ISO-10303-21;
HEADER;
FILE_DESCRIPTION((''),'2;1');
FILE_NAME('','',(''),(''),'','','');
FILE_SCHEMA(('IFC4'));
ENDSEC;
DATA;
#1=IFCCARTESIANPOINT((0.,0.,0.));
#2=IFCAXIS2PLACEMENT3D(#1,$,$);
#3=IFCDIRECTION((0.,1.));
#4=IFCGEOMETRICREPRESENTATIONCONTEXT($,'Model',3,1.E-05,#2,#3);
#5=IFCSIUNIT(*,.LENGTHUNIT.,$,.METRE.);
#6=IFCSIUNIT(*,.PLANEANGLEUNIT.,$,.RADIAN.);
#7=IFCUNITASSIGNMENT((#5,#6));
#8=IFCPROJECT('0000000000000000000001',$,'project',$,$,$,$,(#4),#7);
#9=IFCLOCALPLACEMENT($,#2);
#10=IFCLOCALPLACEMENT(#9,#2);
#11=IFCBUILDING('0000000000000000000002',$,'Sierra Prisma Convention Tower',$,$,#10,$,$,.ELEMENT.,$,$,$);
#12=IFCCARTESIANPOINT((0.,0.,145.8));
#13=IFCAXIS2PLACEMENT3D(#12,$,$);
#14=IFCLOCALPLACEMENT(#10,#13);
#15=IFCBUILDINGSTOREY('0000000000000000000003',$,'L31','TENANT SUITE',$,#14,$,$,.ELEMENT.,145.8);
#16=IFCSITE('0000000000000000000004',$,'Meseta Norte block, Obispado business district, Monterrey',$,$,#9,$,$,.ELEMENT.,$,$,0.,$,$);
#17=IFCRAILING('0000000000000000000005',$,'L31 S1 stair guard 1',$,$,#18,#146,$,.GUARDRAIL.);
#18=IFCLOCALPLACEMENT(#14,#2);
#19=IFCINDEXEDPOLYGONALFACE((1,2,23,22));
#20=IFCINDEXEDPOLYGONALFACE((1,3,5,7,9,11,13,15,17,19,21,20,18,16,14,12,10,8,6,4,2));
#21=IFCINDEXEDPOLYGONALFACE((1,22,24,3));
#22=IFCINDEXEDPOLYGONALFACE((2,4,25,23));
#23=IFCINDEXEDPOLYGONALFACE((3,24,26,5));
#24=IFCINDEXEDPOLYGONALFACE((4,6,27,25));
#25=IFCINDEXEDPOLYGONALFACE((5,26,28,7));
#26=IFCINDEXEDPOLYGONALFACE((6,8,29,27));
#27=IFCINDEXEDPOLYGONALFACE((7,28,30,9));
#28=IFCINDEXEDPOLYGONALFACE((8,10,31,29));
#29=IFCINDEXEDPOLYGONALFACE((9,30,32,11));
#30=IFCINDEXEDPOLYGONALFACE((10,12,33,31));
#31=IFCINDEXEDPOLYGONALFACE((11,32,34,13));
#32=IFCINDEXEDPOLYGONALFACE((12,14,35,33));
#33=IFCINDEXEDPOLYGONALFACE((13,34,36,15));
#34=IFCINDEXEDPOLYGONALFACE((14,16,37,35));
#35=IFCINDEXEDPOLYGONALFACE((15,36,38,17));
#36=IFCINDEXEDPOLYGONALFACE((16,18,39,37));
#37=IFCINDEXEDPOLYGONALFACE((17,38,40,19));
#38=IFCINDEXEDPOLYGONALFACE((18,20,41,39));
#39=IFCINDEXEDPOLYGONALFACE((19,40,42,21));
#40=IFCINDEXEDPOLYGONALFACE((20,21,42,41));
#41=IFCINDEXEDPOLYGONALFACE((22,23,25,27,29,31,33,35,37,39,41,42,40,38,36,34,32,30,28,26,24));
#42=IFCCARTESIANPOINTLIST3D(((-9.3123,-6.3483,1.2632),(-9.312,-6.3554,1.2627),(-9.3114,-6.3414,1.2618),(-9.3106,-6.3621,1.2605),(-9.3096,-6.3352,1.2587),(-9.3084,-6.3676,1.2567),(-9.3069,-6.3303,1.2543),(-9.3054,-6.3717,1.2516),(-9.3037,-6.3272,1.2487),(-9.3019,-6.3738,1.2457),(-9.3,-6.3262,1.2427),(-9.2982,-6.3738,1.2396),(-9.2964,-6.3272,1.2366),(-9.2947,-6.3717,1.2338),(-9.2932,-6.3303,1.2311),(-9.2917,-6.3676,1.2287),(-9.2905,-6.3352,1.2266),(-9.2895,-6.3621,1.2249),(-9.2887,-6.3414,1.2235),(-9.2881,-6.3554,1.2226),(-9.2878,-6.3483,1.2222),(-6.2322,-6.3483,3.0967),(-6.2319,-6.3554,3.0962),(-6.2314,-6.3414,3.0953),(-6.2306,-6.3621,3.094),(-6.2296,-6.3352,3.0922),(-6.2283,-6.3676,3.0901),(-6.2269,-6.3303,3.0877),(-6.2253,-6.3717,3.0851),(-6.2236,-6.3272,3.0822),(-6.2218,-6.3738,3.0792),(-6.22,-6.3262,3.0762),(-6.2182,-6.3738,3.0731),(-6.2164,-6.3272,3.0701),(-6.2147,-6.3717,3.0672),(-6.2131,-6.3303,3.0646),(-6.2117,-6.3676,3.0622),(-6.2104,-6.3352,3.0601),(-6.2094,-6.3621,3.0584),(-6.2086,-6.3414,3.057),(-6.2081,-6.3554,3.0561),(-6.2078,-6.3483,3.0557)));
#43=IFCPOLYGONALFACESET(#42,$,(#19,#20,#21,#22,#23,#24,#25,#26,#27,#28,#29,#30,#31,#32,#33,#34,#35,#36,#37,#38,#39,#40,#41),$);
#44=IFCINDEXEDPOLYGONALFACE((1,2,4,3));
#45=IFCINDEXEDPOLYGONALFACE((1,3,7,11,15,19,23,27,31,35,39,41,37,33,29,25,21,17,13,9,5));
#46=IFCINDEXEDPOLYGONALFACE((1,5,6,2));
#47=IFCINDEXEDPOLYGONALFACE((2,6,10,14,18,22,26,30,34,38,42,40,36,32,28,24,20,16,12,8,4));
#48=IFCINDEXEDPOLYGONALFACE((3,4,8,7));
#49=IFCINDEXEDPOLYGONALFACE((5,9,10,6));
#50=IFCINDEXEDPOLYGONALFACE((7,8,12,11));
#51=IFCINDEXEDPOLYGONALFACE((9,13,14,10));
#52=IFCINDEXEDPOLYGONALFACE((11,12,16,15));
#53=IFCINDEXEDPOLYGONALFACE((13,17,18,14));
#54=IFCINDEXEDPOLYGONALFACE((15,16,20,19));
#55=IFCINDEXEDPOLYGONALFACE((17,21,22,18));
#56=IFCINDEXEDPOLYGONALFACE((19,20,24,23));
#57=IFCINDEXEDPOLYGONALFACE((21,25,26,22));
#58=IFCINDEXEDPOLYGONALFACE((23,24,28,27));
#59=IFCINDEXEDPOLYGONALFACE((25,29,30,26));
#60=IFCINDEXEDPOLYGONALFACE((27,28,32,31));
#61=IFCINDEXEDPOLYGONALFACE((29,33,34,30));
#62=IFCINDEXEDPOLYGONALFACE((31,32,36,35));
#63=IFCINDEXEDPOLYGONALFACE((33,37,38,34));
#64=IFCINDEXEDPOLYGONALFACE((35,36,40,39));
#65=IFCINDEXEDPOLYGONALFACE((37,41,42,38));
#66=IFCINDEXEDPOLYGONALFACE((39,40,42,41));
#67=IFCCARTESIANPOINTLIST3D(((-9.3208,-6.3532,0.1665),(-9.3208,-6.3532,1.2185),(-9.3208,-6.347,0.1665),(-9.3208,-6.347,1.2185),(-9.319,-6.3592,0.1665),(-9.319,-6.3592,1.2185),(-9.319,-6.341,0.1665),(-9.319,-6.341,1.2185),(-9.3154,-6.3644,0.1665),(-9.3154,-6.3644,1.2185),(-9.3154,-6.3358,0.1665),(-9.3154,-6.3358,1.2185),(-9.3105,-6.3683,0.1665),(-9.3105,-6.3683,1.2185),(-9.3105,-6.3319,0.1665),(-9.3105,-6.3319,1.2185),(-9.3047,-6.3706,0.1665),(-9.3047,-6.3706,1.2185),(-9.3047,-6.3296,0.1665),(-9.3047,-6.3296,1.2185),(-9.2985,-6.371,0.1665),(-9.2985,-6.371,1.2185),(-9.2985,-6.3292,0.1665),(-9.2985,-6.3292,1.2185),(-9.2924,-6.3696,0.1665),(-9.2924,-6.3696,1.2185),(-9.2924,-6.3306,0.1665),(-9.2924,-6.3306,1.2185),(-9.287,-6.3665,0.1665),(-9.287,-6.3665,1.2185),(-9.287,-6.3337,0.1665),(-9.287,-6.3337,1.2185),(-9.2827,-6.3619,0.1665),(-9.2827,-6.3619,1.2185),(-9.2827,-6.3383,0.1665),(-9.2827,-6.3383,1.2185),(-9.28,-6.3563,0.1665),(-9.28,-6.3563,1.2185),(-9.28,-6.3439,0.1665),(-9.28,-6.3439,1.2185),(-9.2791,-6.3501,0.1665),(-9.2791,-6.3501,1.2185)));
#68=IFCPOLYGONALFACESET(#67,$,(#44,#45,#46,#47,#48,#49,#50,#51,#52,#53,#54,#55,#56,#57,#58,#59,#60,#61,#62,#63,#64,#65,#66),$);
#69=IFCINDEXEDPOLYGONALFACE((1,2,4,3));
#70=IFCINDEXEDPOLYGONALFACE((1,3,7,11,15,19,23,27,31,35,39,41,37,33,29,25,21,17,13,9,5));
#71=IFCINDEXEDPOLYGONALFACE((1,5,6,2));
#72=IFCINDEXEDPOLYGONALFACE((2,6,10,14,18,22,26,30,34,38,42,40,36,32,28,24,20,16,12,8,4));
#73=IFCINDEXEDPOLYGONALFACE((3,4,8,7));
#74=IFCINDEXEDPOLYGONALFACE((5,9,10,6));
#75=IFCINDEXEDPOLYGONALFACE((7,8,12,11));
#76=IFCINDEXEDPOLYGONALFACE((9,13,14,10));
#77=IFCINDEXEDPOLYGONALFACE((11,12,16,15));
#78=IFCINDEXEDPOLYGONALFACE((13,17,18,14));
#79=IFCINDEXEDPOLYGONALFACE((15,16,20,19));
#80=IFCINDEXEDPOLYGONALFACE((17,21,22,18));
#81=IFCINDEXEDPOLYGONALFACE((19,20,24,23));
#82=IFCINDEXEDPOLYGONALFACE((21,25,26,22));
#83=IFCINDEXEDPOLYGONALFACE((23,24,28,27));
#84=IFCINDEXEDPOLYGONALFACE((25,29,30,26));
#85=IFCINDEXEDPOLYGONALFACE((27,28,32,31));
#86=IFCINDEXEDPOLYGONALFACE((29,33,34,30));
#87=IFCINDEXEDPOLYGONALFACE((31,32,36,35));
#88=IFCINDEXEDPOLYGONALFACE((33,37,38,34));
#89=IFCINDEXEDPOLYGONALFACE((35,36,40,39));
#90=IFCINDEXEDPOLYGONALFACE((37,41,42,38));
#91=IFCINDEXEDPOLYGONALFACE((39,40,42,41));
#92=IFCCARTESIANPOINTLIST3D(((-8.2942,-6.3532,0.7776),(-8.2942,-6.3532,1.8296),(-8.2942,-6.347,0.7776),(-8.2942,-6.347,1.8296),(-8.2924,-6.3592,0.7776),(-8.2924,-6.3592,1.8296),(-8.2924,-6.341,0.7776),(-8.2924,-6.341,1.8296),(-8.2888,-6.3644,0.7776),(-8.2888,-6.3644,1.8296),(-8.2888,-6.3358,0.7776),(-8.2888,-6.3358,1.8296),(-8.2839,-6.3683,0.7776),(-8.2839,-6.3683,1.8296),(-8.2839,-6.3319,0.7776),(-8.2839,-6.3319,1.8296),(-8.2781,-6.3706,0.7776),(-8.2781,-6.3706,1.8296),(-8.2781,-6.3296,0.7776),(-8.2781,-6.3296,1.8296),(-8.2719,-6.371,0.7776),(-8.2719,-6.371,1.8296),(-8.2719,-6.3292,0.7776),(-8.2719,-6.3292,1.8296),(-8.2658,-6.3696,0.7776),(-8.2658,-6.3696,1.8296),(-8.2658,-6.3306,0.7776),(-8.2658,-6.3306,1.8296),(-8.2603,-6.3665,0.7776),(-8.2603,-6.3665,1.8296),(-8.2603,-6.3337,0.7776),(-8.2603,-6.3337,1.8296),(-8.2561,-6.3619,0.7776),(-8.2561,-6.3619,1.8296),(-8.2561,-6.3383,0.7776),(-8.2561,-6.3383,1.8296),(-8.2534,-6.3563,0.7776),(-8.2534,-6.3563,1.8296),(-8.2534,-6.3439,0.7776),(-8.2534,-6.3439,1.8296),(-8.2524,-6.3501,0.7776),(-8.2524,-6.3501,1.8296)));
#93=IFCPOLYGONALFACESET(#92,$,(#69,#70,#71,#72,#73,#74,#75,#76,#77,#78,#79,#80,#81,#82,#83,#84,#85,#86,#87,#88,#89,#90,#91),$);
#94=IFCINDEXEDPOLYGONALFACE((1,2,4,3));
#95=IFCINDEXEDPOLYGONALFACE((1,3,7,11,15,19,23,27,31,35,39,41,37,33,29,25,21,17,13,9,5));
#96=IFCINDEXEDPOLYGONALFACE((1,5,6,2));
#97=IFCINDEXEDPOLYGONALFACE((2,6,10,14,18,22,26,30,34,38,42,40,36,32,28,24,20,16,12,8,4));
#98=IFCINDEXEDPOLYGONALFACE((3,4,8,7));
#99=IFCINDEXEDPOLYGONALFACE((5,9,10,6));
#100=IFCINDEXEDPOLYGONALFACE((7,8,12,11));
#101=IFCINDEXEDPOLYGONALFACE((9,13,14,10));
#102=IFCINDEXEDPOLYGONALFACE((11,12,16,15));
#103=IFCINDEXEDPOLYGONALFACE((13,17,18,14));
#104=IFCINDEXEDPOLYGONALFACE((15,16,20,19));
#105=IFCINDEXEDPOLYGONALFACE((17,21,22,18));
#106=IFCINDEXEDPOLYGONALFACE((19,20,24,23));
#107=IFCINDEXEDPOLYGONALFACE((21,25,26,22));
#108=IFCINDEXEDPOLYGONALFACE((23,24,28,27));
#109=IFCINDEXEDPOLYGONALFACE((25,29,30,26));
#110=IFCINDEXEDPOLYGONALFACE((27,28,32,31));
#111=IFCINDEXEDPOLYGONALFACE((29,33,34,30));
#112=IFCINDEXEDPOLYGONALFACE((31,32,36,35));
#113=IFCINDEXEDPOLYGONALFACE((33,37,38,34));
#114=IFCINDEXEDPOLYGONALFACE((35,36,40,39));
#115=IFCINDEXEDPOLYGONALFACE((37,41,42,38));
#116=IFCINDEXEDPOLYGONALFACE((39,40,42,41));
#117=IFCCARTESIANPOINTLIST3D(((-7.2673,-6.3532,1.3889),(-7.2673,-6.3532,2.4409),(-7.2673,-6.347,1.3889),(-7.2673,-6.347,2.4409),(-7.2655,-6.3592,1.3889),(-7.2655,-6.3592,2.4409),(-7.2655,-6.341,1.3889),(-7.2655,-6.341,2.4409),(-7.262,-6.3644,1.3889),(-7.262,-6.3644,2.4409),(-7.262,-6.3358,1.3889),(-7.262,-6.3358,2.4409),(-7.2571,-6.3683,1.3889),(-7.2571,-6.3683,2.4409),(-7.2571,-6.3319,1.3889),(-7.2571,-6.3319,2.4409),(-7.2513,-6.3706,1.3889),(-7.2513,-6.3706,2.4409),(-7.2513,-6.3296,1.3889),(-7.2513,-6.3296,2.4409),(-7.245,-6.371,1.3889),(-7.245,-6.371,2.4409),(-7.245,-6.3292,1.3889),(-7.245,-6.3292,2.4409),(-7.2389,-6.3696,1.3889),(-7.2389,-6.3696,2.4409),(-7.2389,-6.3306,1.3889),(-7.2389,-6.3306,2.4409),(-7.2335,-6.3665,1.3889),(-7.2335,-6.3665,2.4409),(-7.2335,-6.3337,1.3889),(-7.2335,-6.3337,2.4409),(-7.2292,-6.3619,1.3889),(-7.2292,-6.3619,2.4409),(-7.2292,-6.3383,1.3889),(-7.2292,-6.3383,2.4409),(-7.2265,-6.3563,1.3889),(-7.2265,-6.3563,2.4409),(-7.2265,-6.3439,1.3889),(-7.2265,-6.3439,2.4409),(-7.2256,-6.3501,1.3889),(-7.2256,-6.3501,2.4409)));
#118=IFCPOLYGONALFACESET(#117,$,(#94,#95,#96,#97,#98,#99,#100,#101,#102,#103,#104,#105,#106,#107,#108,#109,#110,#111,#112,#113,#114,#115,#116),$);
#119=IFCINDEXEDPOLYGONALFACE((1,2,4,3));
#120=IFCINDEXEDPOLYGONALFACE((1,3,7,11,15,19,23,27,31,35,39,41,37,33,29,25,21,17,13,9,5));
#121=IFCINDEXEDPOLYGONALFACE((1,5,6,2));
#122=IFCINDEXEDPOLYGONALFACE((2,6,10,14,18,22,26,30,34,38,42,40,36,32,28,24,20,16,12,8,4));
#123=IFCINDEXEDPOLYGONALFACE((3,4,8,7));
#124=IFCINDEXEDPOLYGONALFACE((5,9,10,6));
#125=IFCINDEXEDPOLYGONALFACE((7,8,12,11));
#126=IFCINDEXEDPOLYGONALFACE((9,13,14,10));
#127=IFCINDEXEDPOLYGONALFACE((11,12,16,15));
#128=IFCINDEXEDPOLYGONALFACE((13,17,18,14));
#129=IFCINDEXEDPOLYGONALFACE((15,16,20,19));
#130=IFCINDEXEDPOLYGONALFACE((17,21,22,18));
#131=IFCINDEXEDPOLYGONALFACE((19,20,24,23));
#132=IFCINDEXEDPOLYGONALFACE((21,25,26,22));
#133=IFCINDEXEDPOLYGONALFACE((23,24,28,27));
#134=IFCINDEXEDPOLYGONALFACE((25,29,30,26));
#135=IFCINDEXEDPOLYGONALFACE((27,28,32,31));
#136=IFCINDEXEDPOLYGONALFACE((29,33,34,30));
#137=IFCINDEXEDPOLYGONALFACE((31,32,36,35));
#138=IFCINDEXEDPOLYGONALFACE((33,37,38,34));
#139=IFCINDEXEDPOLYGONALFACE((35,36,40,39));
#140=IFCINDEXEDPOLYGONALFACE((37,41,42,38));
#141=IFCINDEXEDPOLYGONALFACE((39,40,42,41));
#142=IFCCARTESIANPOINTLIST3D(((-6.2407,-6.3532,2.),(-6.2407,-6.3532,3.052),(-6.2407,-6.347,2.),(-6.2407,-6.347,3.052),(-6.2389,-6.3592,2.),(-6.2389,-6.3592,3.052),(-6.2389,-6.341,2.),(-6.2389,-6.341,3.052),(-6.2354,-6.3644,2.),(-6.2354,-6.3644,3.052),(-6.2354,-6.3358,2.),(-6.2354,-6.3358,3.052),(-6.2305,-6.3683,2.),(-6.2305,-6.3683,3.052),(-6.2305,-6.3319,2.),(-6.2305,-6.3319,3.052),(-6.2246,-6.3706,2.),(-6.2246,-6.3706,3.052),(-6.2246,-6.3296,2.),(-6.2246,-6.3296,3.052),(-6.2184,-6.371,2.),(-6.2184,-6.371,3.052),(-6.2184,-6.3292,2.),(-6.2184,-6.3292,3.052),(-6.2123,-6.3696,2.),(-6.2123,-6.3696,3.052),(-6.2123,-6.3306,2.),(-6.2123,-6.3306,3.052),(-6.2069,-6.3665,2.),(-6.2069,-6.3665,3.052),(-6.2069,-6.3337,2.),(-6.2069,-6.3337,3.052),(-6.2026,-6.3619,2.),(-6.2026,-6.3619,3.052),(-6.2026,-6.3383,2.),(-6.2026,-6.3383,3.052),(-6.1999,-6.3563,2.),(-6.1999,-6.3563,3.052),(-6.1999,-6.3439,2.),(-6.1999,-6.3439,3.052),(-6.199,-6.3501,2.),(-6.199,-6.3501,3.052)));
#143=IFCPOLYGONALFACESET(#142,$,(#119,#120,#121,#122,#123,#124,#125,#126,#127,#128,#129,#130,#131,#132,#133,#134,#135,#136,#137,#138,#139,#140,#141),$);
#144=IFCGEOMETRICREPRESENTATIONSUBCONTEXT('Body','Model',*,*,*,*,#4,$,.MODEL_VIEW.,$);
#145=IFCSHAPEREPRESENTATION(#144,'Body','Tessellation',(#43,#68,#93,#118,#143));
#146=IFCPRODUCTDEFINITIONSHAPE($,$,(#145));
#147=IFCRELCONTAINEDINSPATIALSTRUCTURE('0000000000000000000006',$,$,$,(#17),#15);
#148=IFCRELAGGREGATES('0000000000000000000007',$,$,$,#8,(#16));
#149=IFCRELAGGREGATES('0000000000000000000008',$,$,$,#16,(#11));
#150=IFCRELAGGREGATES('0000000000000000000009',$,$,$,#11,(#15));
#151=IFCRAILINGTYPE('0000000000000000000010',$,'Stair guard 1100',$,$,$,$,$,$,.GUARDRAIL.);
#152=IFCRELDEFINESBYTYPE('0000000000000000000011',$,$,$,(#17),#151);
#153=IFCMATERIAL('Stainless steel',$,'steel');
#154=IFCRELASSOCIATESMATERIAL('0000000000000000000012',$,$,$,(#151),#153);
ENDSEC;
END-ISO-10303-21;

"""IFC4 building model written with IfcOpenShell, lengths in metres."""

from ifc_helpers import new_model, si_unit, direction, frame, origin, origin_2d, place, context, subcontext, project, spatial, circle, extrude, material, type_object, element, save


model = new_model("IFC4")

# Units and contexts
model_context = context("Model", 3, precision=1e-05, world=origin(), true_north=direction((0.0, 1.0)))
body_context = subcontext(model_context, "Body", "Model", "MODEL_VIEW")
ifc_project = project(units=[si_unit("LENGTHUNIT", "METRE"), si_unit("PLANEANGLEUNIT", "RADIAN")], contexts=[model_context])

# Site, building, storey
site_placement = place(None, origin())
site = spatial("IfcSite", under=ifc_project, at=site_placement, Name="Meseta Norte block, Obispado business district, Monterrey", CompositionType="ELEMENT", RefElevation=0.0)
building_placement = place(site_placement, origin())
building = spatial("IfcBuilding", under=site, at=building_placement, Name="Sierra Prisma Convention Tower", CompositionType="ELEMENT")
storey_placement = place(building_placement, frame((0.0, 0.0, 145.8)))
storey = spatial("IfcBuildingStorey", under=building, at=storey_placement, Name="L31", Description="TENANT SUITE", CompositionType="ELEMENT", Elevation=145.8)

# Railing
ifc_material_1 = material(Name="Stainless steel", Category="steel")
railing_type_1 = type_object("IfcRailingType", Name="Stair guard 1100", PredefinedType="GUARDRAIL", material=ifc_material_1)
railing_1_placement = place(storey_placement, frame((-9.3, -6.3501, 0.1665)))
element("IfcRailing", 1, at=railing_1_placement, inside=storey, type_object=railing_type_1, Name="L31 S1 stair guard 1", PredefinedType="GUARDRAIL", context=body_context, shape_type="SweptSolid", body=[
    extrude(circle(Radius=0.0239, at=origin_2d()), frame((0.0, 0.0, 1.0762), z_axis=(0.859279, 0.0, 0.511508), x_axis=(0.0, 1.0, 0.0)), (0.0, 0.0, 1.0), 3.5845),
    extrude(circle(Radius=0.021, at=origin_2d()), origin(), (0.0, 0.0, 1.0), 1.052),
    extrude(circle(Radius=0.021, at=origin_2d()), frame((1.0266, 0.0, 0.6111)), (0.0, 0.0, 1.0), 1.052),
    extrude(circle(Radius=0.021, at=origin_2d()), frame((2.0535, 0.0, 1.2224)), (0.0, 0.0, 1.0), 1.052),
    extrude(circle(Radius=0.021, at=origin_2d()), frame((3.0801, 0.0, 1.8335)), (0.0, 0.0, 1.0), 1.052),
])

save(model, "model.ifc")
